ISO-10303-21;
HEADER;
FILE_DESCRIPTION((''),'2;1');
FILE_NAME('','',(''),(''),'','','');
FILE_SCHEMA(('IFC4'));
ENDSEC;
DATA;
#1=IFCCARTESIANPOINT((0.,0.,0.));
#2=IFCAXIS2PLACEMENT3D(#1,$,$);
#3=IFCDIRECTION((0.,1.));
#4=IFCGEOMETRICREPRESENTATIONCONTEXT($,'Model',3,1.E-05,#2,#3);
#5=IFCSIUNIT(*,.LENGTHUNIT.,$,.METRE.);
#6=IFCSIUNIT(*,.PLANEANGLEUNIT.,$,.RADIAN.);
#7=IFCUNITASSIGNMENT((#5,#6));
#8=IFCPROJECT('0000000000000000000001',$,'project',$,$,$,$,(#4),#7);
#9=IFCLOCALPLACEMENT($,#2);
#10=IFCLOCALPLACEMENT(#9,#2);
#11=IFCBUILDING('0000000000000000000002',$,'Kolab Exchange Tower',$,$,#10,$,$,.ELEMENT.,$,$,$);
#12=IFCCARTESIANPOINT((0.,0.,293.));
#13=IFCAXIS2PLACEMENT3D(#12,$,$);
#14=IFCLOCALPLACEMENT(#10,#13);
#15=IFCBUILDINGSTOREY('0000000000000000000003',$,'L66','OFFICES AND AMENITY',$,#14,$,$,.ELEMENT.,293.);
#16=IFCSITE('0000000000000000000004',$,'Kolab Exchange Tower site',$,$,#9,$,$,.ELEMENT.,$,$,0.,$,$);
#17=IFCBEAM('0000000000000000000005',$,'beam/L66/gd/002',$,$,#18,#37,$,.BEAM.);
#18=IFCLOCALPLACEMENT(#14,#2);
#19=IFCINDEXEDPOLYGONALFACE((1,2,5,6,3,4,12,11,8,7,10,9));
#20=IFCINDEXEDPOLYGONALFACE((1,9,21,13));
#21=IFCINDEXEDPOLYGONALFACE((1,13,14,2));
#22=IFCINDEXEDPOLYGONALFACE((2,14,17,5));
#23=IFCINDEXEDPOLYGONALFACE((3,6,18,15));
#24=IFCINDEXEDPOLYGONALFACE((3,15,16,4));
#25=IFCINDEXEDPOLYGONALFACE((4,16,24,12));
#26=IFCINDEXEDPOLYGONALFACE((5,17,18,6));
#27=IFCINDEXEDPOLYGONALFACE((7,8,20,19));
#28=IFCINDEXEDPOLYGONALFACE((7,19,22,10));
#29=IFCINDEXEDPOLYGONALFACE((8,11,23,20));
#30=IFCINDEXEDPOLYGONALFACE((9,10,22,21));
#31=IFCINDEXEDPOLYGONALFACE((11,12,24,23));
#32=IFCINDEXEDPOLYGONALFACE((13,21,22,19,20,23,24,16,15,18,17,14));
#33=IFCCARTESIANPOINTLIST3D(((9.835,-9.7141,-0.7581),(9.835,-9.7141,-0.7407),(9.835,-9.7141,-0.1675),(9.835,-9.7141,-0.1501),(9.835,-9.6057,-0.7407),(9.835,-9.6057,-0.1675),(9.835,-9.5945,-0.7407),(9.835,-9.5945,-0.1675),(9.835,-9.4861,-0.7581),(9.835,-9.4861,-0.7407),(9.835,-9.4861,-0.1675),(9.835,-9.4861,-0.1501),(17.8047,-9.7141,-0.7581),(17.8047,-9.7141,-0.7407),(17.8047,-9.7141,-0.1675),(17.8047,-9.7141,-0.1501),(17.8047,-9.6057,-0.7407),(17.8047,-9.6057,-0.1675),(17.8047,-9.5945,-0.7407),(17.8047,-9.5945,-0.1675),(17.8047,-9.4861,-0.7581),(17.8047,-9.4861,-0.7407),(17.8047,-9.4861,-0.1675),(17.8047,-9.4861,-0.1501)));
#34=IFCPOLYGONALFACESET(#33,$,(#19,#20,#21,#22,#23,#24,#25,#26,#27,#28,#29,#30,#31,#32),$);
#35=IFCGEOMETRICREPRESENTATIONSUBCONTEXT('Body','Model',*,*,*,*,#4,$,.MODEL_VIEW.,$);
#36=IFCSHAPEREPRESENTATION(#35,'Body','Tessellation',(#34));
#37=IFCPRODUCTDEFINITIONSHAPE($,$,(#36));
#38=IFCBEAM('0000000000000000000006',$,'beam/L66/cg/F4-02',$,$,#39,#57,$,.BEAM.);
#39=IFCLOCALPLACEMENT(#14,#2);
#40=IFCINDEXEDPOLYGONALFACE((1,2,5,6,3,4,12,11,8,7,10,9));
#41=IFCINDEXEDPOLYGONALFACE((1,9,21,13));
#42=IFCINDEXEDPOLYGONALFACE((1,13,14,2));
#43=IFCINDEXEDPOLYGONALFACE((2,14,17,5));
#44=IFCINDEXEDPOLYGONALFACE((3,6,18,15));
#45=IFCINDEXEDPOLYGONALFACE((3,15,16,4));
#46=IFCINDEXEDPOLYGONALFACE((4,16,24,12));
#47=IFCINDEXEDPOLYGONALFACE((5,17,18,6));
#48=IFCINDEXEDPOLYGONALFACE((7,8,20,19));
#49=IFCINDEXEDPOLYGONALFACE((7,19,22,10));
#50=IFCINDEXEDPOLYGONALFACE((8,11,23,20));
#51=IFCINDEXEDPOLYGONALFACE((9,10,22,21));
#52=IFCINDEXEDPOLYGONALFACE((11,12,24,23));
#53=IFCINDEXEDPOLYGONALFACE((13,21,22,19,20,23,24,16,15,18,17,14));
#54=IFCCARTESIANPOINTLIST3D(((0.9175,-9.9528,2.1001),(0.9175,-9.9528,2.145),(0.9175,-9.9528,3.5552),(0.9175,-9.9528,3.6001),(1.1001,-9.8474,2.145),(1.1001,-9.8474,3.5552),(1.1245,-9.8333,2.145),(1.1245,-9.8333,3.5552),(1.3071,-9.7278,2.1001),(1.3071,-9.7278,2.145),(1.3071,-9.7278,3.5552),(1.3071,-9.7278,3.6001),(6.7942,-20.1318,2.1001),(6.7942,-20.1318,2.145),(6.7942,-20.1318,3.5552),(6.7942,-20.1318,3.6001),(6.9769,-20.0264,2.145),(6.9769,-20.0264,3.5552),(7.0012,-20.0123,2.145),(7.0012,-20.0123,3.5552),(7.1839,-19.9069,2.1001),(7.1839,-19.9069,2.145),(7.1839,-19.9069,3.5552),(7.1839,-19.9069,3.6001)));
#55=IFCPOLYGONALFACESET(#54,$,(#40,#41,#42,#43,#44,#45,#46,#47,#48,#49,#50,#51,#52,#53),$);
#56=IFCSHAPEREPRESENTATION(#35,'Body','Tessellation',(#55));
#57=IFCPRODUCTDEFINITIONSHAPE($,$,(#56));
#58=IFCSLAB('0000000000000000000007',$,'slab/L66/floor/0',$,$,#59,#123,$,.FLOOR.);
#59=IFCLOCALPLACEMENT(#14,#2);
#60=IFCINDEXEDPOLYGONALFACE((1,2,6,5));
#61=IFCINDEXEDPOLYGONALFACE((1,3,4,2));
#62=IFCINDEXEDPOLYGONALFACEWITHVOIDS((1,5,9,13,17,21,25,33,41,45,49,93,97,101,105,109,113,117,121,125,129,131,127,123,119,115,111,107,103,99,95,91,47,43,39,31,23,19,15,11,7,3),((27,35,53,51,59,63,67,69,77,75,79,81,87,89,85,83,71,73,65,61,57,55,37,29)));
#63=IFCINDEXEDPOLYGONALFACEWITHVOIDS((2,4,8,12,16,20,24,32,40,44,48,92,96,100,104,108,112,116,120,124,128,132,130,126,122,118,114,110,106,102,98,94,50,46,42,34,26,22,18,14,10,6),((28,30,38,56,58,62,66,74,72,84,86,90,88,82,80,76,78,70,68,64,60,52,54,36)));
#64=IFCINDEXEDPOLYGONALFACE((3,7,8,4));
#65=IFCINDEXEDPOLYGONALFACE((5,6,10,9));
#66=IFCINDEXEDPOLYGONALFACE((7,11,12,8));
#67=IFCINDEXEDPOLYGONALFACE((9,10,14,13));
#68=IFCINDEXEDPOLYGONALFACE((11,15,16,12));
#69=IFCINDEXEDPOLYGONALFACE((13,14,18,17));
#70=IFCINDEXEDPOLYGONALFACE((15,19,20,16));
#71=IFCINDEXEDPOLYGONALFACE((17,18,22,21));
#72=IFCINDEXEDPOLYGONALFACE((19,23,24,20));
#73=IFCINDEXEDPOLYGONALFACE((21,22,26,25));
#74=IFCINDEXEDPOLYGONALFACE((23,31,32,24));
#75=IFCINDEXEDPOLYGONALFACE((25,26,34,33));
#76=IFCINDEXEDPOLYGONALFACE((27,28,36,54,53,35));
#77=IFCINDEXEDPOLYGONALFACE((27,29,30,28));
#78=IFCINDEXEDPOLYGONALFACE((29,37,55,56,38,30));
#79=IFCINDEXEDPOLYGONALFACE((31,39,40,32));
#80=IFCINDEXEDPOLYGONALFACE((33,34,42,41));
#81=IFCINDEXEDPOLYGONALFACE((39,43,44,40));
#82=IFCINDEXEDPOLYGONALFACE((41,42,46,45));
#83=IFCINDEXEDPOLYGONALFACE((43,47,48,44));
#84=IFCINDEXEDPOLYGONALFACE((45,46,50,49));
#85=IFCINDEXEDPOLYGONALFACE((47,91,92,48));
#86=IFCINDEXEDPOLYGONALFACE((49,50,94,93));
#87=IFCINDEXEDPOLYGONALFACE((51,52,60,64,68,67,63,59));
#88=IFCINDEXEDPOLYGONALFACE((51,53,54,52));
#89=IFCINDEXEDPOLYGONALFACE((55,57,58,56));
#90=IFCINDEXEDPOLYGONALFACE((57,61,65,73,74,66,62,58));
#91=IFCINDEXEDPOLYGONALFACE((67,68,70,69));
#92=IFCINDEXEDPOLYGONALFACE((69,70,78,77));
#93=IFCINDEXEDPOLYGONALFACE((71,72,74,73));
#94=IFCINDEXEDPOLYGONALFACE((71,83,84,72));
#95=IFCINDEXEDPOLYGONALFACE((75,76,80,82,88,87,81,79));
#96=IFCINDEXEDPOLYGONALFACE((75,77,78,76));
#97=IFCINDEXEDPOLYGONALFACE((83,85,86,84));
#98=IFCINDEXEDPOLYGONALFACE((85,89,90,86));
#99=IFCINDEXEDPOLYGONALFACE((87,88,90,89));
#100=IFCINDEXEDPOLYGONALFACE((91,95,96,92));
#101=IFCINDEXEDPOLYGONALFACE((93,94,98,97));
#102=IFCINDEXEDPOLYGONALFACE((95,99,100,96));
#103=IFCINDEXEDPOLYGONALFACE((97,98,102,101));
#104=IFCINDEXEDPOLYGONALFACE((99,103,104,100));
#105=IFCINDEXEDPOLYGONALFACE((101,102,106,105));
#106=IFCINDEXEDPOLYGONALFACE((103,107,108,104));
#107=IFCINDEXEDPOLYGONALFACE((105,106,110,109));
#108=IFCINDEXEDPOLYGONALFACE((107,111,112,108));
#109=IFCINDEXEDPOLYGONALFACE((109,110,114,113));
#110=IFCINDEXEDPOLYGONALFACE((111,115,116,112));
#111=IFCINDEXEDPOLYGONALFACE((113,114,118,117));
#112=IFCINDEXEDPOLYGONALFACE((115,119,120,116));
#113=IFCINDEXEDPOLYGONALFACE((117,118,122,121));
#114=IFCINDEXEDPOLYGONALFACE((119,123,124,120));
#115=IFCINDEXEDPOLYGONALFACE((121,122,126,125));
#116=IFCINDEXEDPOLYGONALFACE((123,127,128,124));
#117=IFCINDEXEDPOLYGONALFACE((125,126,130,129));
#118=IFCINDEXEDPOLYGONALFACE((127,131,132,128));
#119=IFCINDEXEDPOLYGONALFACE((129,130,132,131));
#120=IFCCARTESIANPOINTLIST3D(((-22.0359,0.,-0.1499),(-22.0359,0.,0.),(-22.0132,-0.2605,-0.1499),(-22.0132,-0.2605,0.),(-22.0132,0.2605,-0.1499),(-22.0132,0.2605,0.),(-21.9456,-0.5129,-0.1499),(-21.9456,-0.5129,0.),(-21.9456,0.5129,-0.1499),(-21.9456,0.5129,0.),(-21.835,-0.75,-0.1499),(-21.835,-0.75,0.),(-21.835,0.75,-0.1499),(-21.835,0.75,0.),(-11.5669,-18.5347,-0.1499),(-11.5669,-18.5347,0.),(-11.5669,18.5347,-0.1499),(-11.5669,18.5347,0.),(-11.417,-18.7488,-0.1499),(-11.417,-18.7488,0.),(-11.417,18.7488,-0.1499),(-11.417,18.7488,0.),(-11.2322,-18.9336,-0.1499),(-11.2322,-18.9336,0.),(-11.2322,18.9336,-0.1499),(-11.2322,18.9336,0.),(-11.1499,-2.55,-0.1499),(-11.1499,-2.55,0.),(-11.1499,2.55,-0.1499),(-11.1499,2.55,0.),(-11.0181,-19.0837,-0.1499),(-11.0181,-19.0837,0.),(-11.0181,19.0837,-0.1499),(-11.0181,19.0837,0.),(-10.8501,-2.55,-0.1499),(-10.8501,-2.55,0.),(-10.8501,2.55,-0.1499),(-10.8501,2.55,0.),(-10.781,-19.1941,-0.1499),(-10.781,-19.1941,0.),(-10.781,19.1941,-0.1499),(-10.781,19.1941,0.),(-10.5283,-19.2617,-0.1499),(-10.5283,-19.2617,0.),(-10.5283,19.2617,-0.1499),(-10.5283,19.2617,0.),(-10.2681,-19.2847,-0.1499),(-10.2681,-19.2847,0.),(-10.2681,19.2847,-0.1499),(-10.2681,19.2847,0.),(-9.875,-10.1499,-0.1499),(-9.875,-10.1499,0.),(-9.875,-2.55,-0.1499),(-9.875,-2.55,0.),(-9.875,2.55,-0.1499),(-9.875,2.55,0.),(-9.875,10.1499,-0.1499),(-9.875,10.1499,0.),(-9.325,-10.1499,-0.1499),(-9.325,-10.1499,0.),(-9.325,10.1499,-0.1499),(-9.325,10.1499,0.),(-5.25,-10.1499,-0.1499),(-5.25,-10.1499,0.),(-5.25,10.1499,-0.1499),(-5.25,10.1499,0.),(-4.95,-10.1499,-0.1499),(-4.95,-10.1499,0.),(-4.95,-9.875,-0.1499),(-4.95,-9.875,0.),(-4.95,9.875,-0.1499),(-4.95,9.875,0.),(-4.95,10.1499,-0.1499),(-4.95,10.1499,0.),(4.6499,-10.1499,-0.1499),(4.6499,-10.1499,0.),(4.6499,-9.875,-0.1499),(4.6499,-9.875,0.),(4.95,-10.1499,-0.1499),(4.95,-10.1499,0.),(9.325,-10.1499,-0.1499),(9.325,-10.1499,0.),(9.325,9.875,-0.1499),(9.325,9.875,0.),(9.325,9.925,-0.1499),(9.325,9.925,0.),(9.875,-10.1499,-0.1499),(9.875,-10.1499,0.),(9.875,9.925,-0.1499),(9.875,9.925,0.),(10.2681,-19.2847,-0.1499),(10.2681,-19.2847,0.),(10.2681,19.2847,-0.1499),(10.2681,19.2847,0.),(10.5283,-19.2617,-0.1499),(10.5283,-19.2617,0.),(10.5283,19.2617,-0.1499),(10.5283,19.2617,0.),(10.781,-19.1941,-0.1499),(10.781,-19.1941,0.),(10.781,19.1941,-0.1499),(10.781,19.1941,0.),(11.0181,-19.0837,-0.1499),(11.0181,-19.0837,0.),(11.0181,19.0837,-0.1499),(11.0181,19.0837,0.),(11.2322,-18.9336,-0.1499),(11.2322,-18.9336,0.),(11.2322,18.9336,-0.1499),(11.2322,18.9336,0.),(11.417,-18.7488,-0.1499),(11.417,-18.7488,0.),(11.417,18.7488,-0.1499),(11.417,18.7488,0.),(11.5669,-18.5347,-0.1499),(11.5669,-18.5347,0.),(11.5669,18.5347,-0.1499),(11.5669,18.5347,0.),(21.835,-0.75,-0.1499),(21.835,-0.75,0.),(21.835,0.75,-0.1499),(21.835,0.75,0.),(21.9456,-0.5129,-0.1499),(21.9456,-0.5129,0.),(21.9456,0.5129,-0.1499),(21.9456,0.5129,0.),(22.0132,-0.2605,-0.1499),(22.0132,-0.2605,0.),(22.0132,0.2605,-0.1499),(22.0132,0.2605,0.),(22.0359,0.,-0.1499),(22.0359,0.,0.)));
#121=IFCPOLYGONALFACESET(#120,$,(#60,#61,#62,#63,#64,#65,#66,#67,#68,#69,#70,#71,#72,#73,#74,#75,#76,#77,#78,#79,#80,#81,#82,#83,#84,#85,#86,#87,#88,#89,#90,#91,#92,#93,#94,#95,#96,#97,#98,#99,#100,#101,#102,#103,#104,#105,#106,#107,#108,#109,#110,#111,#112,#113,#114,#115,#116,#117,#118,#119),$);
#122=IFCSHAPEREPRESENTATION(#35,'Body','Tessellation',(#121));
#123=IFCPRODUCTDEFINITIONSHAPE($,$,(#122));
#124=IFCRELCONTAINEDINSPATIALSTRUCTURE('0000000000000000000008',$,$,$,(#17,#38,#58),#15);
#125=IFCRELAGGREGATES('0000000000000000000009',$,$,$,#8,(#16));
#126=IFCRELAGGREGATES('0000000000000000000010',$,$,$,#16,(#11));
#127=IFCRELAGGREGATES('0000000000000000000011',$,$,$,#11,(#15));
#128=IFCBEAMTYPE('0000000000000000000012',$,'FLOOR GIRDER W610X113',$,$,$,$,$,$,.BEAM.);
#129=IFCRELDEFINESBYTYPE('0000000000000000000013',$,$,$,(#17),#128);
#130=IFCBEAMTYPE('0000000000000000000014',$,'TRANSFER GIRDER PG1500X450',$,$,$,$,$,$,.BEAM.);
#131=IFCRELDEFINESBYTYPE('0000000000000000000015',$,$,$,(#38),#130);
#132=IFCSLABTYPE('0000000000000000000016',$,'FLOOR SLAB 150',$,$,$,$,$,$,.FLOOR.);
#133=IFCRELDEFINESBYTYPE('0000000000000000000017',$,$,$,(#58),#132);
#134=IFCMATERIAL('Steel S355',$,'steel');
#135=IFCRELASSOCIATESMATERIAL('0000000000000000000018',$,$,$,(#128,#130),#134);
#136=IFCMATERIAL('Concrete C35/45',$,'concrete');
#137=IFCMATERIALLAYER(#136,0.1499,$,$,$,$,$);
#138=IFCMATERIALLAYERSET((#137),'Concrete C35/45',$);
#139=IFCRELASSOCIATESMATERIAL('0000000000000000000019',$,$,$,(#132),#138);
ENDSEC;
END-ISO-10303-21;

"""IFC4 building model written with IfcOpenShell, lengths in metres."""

from ifc_helpers import new_model, si_unit, direction, frame, origin, origin_2d, place, context, subcontext, project, spatial, polyline, i_section, outline, extrude, material, layer, layer_set, material_profile, profile_set, type_object, element, save


model = new_model("IFC4")

# Units and contexts
model_context = context("Model", 3, precision=1e-05, world=origin(), true_north=direction((0.0, 1.0)))
body_context = subcontext(model_context, "Body", "Model", "MODEL_VIEW")
ifc_project = project(units=[si_unit("LENGTHUNIT", "METRE"), si_unit("PLANEANGLEUNIT", "RADIAN")], contexts=[model_context])

# Site, building, storey
site_placement = place(None, origin())
site = spatial("IfcSite", under=ifc_project, at=site_placement, Name="Kolab Exchange Tower site", CompositionType="ELEMENT", RefElevation=0.0)
building_placement = place(site_placement, origin())
building = spatial("IfcBuilding", under=site, at=building_placement, Name="Kolab Exchange Tower", CompositionType="ELEMENT")
storey_placement = place(building_placement, frame((0.0, 0.0, 293.0)))
storey = spatial("IfcBuildingStorey", under=building, at=storey_placement, Name="L66", Description="OFFICES AND AMENITY", CompositionType="ELEMENT", Elevation=293.0)

# Beams
ifc_material_1 = material(Name="Steel S355", Category="steel")
ifc_material_profile_1 = material_profile(ifc_material_1, i_section(OverallWidth=0.228, OverallDepth=0.6079, WebThickness=0.0112, FlangeThickness=0.0173, at=origin_2d()), Name="W610X113")
ifc_profile_set_1 = profile_set([ifc_material_profile_1], Name="Steel S355")
beam_type_1 = type_object("IfcBeamType", Name="FLOOR GIRDER W610X113", PredefinedType="BEAM", material=ifc_profile_set_1)
beam_1_placement = place(storey_placement, frame((9.835, -9.6001, -0.4541), z_axis=(1.0, 0.0, 0.0), x_axis=(0.0, 1.0, 0.0)))
element("IfcBeam", 1, at=beam_1_placement, inside=storey, type_object=beam_type_1, Name="beam/L66/gd/002", PredefinedType="BEAM", context=body_context, shape_type="SweptSolid", body=[
    extrude(i_section(OverallWidth=0.228, OverallDepth=0.6079, WebThickness=0.0112, FlangeThickness=0.0173, at=origin_2d()), origin(), (0.0, 0.0, 1.0), 7.9697),
])
ifc_material_profile_2 = material_profile(ifc_material_1, i_section(OverallWidth=0.45, OverallDepth=1.5, WebThickness=0.0281, FlangeThickness=0.0449, at=origin_2d()), Name="PG1500X450")
ifc_profile_set_2 = profile_set([ifc_material_profile_2], Name="Steel S355")
beam_type_2 = type_object("IfcBeamType", Name="TRANSFER GIRDER PG1500X450", PredefinedType="BEAM", material=ifc_profile_set_2)
beam_2_placement = place(storey_placement, frame((1.1123, -9.8403, 2.8501), z_axis=(0.499993, -0.86603, 0.0), x_axis=(0.86603, 0.499993, 0.0)))
element("IfcBeam", 2, at=beam_2_placement, inside=storey, type_object=beam_type_2, Name="beam/L66/cg/F4-02", PredefinedType="BEAM", context=body_context, shape_type="SweptSolid", body=[
    extrude(i_section(OverallWidth=0.45, OverallDepth=1.5, WebThickness=0.0281, FlangeThickness=0.0449, at=origin_2d()), origin(), (0.0, 0.0, 1.0), 11.7537),
])

# Slab
ifc_material_2 = material(Name="Concrete C35/45", Category="concrete")
ifc_layer_1 = layer(ifc_material_2, 0.1499)
ifc_layer_set_1 = layer_set([ifc_layer_1], Name="Concrete C35/45")
slab_type_1 = type_object("IfcSlabType", Name="FLOOR SLAB 150", PredefinedType="FLOOR", material=ifc_layer_set_1)
slab_1_placement = place(storey_placement, frame((0.0, 0.0, -0.1499)))
element("IfcSlab", 3, at=slab_1_placement, inside=storey, type_object=slab_type_1, Name="slab/L66/floor/0", PredefinedType="FLOOR", context=body_context, shape_type="SweptSolid", body=[
    extrude(outline(polyline([(11.5669, -18.5347), (21.835, -0.75), (21.9456, -0.5129), (22.0132, -0.2605), (22.0359, 0.0), (22.0132, 0.2605), (21.9456, 0.5129), (21.835, 0.75), (11.5669, 18.5347), (11.417, 18.7488), (11.2322, 18.9336), (11.0181, 19.0837), (10.781, 19.1941), (10.5283, 19.2617), (10.2681, 19.2847), (-10.2681, 19.2847), (-10.5283, 19.2617), (-10.781, 19.1941), (-11.0181, 19.0837), (-11.2322, 18.9336), (-11.417, 18.7488), (-11.5669, 18.5347), (-21.835, 0.75), (-21.9456, 0.5129), (-22.0132, 0.2605), (-22.0359, 0.0), (-22.0132, -0.2605), (-21.9456, -0.5129), (-21.835, -0.75), (-11.5669, -18.5347), (-11.417, -18.7488), (-11.2322, -18.9336), (-11.0181, -19.0837), (-10.781, -19.1941), (-10.5283, -19.2617), (-10.2681, -19.2847), (10.2681, -19.2847), (10.5283, -19.2617), (10.781, -19.1941), (11.0181, -19.0837), (11.2322, -18.9336), (11.417, -18.7488), (11.5669, -18.5347)]), holes=[polyline([(-9.325, -10.1499), (-9.875, -10.1499), (-9.875, -2.55), (-10.8501, -2.55), (-11.1499, -2.55), (-11.1499, 2.55), (-10.8501, 2.55), (-9.875, 2.55), (-9.875, 10.1499), (-9.325, 10.1499), (-5.25, 10.1499), (-4.95, 10.1499), (-4.95, 9.875), (9.325, 9.875), (9.325, 9.925), (9.875, 9.925), (9.875, -10.1499), (9.325, -10.1499), (4.95, -10.1499), (4.6499, -10.1499), (4.6499, -9.875), (-4.95, -9.875), (-4.95, -10.1499), (-5.25, -10.1499), (-9.325, -10.1499)])]), origin(), (0.0, 0.0, 1.0), 0.1499),
])

save(model, "model.ifc")
